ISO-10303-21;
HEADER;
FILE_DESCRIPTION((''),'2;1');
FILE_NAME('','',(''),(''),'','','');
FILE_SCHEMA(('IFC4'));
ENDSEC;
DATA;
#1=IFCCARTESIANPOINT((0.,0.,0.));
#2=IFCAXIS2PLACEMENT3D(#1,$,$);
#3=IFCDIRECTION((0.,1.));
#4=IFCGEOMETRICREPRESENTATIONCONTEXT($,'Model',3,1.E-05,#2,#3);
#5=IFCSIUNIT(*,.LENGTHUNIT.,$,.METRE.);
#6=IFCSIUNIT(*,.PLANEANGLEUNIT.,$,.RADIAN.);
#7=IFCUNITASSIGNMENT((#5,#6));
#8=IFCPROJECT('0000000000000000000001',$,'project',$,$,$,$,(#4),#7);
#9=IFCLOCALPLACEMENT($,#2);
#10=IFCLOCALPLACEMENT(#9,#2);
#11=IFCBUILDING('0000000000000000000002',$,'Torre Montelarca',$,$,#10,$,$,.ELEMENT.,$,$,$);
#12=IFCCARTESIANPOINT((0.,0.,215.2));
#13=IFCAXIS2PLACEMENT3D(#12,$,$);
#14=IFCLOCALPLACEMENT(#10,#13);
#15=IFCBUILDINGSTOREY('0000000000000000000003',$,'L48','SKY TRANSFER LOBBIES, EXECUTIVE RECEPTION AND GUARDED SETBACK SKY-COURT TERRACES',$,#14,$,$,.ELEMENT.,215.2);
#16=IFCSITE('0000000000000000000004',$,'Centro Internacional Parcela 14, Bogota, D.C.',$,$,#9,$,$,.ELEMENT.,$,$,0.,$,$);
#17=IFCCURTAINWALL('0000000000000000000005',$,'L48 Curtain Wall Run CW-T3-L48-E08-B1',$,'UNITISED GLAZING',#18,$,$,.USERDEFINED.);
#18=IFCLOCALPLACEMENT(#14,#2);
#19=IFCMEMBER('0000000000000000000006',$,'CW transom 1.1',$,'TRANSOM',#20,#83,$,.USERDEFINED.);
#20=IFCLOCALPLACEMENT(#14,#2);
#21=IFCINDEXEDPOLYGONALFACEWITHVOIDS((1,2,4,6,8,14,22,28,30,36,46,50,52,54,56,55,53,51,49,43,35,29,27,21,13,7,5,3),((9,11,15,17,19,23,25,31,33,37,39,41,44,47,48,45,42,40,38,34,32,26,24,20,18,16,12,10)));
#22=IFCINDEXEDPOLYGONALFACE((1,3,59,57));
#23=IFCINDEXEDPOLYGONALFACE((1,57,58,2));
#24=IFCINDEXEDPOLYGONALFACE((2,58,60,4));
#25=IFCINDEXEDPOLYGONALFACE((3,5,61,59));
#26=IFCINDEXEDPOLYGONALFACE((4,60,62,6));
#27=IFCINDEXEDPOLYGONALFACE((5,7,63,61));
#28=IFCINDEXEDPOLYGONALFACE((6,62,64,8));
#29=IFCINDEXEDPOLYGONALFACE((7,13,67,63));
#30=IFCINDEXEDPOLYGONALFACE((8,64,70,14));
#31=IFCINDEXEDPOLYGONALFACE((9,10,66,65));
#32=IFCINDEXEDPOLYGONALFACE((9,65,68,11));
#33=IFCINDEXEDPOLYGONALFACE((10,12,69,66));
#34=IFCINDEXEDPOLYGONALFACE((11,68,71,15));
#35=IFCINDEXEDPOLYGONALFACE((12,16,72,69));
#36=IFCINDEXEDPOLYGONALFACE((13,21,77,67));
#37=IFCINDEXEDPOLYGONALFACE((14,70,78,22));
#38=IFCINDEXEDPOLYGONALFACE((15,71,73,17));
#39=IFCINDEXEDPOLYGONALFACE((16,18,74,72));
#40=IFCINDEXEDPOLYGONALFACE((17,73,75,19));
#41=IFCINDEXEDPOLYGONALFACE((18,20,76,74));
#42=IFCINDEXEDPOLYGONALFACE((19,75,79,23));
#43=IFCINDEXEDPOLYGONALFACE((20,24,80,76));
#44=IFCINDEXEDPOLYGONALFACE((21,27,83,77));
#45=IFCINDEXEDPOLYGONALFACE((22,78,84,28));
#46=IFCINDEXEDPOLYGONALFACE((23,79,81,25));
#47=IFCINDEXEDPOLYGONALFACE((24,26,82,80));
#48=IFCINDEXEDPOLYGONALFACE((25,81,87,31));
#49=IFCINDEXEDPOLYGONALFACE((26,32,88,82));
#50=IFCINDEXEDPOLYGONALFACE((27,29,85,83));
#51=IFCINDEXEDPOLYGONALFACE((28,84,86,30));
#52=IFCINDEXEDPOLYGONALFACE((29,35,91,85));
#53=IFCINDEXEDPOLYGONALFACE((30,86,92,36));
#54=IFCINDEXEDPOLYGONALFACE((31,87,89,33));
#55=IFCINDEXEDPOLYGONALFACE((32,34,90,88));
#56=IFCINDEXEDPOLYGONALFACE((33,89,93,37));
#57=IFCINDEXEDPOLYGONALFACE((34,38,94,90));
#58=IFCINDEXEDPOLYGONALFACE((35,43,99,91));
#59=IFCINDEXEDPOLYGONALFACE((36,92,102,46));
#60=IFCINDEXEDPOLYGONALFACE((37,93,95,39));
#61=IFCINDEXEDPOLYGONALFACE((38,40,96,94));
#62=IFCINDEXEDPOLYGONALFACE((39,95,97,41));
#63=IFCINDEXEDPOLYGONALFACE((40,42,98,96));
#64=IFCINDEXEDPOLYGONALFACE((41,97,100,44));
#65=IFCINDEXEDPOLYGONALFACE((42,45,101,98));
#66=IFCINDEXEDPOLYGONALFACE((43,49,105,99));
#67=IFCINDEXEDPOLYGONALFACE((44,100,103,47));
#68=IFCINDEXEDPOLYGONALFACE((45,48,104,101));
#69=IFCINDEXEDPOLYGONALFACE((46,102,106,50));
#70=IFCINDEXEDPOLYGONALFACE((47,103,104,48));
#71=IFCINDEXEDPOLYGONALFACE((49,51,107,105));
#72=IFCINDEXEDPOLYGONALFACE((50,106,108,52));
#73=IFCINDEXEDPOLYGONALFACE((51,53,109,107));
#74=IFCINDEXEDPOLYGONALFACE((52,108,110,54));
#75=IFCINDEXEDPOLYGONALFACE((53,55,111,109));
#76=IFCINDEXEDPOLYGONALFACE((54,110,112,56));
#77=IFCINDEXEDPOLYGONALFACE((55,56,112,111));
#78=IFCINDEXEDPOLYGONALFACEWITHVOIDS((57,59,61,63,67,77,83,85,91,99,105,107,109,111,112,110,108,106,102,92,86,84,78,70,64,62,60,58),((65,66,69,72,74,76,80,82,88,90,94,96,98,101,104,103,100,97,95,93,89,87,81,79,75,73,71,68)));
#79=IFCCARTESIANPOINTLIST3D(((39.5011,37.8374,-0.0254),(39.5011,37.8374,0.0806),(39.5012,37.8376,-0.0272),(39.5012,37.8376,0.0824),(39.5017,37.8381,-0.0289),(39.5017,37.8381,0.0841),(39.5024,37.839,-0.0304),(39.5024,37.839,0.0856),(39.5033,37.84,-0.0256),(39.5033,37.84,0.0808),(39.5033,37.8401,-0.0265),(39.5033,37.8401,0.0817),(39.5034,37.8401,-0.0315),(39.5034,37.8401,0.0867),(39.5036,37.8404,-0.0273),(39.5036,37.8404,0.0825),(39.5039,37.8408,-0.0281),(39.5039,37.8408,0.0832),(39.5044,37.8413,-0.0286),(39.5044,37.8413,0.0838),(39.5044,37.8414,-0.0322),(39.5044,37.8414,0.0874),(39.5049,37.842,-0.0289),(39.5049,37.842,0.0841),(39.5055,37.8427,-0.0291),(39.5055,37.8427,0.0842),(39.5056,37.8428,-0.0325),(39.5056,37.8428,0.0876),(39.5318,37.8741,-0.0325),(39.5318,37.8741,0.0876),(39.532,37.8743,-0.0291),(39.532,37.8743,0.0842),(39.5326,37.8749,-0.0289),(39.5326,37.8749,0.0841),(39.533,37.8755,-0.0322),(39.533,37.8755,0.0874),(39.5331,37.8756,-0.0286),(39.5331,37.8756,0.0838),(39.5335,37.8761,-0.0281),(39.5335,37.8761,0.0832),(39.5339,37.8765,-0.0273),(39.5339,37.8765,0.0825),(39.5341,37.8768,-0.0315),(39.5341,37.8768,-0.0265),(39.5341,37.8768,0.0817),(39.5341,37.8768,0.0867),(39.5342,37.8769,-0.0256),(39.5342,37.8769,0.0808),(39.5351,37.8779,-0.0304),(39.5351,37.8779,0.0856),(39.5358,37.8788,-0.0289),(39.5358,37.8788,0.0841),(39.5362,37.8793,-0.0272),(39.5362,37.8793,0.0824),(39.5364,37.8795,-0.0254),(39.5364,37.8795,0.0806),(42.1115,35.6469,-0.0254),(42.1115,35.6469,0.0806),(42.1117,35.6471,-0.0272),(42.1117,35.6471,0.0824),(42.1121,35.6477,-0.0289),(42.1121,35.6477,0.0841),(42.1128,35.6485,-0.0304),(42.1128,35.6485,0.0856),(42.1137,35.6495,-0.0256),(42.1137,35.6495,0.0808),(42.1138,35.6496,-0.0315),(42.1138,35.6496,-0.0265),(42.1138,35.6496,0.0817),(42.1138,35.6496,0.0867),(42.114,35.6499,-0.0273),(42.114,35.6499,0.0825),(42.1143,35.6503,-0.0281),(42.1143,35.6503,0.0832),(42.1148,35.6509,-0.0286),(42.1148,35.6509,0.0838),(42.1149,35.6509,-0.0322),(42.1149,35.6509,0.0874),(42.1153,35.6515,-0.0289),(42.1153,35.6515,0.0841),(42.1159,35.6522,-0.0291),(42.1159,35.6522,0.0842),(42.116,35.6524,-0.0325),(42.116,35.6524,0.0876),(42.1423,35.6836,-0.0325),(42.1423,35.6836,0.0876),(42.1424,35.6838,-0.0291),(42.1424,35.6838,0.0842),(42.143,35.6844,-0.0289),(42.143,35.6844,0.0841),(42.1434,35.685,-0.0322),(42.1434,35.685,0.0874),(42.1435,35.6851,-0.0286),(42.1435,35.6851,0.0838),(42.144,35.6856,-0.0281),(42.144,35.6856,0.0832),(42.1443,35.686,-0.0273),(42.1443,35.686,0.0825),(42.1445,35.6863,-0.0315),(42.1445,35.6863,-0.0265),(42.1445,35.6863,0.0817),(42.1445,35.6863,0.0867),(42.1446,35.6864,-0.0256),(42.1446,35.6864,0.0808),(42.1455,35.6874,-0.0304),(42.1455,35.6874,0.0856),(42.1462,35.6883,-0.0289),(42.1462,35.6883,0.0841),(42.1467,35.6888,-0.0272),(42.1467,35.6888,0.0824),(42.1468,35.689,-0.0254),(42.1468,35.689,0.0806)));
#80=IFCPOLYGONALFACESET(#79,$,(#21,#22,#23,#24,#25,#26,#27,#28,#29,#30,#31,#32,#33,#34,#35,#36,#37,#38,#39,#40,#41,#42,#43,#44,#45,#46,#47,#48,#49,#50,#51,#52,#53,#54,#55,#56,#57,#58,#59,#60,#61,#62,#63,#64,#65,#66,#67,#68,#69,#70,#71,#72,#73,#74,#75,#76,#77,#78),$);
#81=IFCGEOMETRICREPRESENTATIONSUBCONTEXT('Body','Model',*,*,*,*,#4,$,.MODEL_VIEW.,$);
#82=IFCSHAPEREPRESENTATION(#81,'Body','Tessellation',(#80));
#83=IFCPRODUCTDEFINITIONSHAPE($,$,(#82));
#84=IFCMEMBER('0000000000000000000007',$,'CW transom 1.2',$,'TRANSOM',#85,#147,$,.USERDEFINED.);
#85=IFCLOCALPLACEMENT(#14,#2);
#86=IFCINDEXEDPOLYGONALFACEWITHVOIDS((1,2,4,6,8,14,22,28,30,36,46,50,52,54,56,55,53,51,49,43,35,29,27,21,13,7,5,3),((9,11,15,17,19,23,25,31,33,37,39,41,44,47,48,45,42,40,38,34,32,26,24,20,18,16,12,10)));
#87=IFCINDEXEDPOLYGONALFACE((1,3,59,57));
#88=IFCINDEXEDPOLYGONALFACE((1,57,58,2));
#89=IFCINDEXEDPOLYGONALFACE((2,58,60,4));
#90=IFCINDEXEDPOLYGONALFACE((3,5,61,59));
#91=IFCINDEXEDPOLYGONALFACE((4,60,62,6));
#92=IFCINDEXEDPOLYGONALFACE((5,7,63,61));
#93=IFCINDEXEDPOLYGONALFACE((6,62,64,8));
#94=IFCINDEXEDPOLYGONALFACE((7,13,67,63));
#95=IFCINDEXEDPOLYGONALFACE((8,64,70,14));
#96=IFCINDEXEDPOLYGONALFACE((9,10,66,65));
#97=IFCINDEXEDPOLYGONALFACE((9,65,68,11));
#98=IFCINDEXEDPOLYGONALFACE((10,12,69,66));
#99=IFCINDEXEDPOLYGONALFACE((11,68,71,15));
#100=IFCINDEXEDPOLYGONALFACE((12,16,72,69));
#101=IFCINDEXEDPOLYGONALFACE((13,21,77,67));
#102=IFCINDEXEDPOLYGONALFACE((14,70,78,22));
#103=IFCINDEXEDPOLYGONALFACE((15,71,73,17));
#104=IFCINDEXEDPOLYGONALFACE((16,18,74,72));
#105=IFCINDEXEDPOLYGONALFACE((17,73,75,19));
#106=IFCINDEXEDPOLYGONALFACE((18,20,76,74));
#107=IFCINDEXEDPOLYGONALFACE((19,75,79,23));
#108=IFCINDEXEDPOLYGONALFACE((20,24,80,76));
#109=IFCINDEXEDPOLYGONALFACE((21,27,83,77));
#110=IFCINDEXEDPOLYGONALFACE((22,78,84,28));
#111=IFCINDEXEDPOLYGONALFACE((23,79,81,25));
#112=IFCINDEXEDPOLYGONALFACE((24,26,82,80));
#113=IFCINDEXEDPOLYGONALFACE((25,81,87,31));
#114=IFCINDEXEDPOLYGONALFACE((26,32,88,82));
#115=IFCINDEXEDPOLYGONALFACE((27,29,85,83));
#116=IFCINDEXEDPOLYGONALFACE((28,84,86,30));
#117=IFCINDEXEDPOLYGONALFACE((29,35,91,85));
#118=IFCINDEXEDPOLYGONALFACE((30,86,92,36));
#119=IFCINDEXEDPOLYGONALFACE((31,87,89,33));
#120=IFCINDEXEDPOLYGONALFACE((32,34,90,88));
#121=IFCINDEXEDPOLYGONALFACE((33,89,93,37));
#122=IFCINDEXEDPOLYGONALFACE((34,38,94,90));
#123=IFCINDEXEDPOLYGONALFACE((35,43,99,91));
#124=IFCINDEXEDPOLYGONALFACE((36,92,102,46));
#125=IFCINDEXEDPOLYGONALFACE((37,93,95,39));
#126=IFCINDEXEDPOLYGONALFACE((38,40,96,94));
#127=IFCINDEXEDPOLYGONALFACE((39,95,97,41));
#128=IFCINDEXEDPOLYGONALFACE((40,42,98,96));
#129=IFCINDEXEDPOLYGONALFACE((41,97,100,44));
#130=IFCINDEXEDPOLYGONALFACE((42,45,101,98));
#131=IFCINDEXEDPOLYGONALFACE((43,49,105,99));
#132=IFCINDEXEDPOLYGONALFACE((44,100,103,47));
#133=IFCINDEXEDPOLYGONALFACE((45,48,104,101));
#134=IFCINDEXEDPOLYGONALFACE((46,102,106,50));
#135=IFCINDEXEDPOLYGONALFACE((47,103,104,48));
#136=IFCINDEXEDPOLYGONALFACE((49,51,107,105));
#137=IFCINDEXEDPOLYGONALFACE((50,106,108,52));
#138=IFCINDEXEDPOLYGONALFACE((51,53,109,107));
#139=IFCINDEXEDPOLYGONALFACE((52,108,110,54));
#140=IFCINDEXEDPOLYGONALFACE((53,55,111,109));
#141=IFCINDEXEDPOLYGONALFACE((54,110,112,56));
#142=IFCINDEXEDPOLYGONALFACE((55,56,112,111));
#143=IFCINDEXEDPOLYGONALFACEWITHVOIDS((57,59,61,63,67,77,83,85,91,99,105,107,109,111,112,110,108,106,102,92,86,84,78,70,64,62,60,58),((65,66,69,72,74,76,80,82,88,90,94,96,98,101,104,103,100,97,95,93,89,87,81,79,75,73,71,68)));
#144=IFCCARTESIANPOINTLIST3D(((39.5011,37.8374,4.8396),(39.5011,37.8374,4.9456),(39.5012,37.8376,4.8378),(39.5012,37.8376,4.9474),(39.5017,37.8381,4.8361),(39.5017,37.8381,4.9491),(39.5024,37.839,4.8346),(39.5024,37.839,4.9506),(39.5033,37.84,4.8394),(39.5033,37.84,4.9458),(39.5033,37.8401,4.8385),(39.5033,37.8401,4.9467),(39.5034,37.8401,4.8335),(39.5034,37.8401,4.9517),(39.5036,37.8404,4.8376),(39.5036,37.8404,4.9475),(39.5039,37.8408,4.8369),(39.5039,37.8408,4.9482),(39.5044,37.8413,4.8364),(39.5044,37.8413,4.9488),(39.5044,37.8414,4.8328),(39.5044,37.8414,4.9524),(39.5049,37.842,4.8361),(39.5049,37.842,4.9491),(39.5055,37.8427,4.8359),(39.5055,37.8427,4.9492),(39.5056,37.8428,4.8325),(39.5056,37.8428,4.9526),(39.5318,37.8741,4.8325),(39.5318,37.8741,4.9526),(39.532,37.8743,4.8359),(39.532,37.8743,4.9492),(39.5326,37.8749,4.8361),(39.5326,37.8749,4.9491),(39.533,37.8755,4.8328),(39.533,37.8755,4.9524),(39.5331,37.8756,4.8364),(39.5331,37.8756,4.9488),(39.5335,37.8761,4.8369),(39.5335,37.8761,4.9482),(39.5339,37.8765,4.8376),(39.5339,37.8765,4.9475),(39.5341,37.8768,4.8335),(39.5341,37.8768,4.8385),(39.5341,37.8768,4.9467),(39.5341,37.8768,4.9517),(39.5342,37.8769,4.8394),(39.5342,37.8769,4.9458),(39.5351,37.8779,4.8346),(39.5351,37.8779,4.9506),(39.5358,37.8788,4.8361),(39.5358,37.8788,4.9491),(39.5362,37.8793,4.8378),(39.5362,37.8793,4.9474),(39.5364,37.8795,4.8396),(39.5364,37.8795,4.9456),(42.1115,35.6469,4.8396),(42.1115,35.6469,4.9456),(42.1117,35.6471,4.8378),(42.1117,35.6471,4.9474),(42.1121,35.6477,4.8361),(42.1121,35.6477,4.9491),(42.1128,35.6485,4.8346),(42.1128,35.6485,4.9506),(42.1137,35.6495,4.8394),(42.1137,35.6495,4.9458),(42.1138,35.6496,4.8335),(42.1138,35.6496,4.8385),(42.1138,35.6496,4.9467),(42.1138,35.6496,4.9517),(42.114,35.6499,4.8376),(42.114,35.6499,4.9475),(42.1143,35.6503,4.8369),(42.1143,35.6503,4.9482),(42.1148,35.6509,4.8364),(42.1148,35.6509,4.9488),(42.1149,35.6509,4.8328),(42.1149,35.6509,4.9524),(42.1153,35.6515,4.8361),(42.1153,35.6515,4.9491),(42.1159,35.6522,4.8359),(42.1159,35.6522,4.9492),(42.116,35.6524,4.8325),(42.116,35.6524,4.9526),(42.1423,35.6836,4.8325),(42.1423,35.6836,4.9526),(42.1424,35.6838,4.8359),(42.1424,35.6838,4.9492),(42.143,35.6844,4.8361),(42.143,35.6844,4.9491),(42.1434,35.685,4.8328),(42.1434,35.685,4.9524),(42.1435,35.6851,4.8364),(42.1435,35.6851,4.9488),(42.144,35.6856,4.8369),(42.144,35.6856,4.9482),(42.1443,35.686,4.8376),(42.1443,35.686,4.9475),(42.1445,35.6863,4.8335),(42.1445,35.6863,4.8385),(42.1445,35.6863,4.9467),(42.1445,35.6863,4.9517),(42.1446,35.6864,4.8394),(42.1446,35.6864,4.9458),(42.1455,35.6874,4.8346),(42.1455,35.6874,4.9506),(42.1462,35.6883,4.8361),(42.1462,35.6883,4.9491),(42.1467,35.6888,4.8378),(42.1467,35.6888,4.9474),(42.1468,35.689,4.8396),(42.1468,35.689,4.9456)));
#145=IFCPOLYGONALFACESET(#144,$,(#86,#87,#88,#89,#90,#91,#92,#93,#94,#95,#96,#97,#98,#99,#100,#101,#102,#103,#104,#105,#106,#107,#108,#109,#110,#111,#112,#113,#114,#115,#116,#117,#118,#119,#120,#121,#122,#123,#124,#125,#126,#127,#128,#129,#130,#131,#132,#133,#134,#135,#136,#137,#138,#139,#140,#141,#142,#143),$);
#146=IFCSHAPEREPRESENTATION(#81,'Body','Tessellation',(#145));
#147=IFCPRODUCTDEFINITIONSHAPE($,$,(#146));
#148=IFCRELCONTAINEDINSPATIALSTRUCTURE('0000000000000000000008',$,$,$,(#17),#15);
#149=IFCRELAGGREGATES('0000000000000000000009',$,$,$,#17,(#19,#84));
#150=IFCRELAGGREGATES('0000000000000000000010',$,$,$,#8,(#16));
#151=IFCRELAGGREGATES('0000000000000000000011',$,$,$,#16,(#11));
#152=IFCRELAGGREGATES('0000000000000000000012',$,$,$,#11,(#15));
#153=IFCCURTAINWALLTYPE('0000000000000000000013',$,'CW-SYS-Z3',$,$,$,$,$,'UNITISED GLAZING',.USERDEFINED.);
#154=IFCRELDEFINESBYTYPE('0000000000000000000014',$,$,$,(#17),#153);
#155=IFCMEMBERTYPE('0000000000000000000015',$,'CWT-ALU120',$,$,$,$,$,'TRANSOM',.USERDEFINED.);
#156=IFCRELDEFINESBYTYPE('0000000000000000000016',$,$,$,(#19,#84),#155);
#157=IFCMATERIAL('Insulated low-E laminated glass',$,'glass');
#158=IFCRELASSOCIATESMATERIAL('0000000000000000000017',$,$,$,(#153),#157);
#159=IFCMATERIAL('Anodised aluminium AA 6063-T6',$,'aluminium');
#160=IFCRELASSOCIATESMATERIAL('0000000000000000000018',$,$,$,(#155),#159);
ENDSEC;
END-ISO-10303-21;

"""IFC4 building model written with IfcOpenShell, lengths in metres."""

from ifc_helpers import new_model, si_unit, direction, frame, origin, origin_2d, place, context, subcontext, project, spatial, hollow_rectangle, extrude, source, transform, mapped, material, material_profile, profile_set, type_object, element, aggregate, save


model = new_model("IFC4")

# Units and contexts
model_context = context("Model", 3, precision=1e-05, world=origin(), true_north=direction((0.0, 1.0)))
body_context = subcontext(model_context, "Body", "Model", "MODEL_VIEW")
ifc_project = project(units=[si_unit("LENGTHUNIT", "METRE"), si_unit("PLANEANGLEUNIT", "RADIAN")], contexts=[model_context])

# Site, building, storey
site_placement = place(None, origin())
site = spatial("IfcSite", under=ifc_project, at=site_placement, Name="Centro Internacional Parcela 14, Bogota, D.C.", CompositionType="ELEMENT", RefElevation=0.0)
building_placement = place(site_placement, origin())
building = spatial("IfcBuilding", under=site, at=building_placement, Name="Torre Montelarca", CompositionType="ELEMENT")
storey_placement = place(building_placement, frame((0.0, 0.0, 215.2)))
storey = spatial("IfcBuildingStorey", under=building, at=storey_placement, Name="L48", Description="SKY TRANSFER LOBBIES, EXECUTIVE RECEPTION AND GUARDED SETBACK SKY-COURT TERRACES", CompositionType="ELEMENT", Elevation=215.2)

# Curtain wall, members
ifc_material_1 = material(Name="Insulated low-E laminated glass", Category="glass")
curtain_wall_type = type_object("IfcCurtainWallType", Name="CW-SYS-Z3", ElementType="UNITISED GLAZING", PredefinedType="USERDEFINED", material=ifc_material_1)
ifc_material_2 = material(Name="Anodised aluminium AA 6063-T6", Category="aluminium")
curtain_wall_1_placement = place(storey_placement, origin())
curtain_wall_1 = element("IfcCurtainWall", 1, at=curtain_wall_1_placement, inside=storey, type_object=curtain_wall_type, Name="L48 Curtain Wall Run CW-T3-L48-E08-B1", ObjectType="UNITISED GLAZING", PredefinedType="USERDEFINED")
ifc_material_profile_1 = material_profile(ifc_material_2, hollow_rectangle(XDim=0.0549, YDim=0.1201, WallThickness=0.0034, InnerFilletRadius=0.0034, OuterFilletRadius=0.0071, at=origin_2d()), Name="ALU55X120X3.5", Category="aluminium")
ifc_profile_set_1 = profile_set([ifc_material_profile_1], Name="Anodised aluminium AA 6063-T6")
member_type_1 = type_object("IfcMemberType", Name="CWT-ALU120", ElementType="TRANSOM", PredefinedType="USERDEFINED", material=ifc_profile_set_1)
shared_shape_1 = source(origin(), body_context, "Body", "SweptSolid", [
    extrude(hollow_rectangle(XDim=0.0549, YDim=0.1201, WallThickness=0.0034, InnerFilletRadius=0.0034, OuterFilletRadius=0.0071, at=origin_2d()), origin(), (0.0, 0.0, 1.0), 3.4077),
])
member_1_placement = place(storey_placement, frame((42.1292, 35.668, 0.0276), z_axis=(-0.766032, 0.642802, 0.0), x_axis=(-0.642802, -0.766032, 0.0)))
member_1 = element("IfcMember", 2, at=member_1_placement, type_object=member_type_1, Name="CW transom 1.1", ObjectType="TRANSOM", PredefinedType="USERDEFINED", context=body_context, shape_type="MappedRepresentation", body=[
    mapped(shared_shape_1, transform((0.0, 0.0, 0.0), scale=1.0)),
])
member_2_placement = place(storey_placement, frame((42.1292, 35.668, 4.8926), z_axis=(-0.766032, 0.642802, 0.0), x_axis=(-0.642802, -0.766032, 0.0)))
member_2 = element("IfcMember", 3, at=member_2_placement, type_object=member_type_1, Name="CW transom 1.2", ObjectType="TRANSOM", PredefinedType="USERDEFINED", context=body_context, shape_type="MappedRepresentation", body=[
    mapped(shared_shape_1, transform((0.0, 0.0, 0.0), scale=1.0)),
])

aggregate(curtain_wall_1, [member_1, member_2])

save(model, "model.ifc")
